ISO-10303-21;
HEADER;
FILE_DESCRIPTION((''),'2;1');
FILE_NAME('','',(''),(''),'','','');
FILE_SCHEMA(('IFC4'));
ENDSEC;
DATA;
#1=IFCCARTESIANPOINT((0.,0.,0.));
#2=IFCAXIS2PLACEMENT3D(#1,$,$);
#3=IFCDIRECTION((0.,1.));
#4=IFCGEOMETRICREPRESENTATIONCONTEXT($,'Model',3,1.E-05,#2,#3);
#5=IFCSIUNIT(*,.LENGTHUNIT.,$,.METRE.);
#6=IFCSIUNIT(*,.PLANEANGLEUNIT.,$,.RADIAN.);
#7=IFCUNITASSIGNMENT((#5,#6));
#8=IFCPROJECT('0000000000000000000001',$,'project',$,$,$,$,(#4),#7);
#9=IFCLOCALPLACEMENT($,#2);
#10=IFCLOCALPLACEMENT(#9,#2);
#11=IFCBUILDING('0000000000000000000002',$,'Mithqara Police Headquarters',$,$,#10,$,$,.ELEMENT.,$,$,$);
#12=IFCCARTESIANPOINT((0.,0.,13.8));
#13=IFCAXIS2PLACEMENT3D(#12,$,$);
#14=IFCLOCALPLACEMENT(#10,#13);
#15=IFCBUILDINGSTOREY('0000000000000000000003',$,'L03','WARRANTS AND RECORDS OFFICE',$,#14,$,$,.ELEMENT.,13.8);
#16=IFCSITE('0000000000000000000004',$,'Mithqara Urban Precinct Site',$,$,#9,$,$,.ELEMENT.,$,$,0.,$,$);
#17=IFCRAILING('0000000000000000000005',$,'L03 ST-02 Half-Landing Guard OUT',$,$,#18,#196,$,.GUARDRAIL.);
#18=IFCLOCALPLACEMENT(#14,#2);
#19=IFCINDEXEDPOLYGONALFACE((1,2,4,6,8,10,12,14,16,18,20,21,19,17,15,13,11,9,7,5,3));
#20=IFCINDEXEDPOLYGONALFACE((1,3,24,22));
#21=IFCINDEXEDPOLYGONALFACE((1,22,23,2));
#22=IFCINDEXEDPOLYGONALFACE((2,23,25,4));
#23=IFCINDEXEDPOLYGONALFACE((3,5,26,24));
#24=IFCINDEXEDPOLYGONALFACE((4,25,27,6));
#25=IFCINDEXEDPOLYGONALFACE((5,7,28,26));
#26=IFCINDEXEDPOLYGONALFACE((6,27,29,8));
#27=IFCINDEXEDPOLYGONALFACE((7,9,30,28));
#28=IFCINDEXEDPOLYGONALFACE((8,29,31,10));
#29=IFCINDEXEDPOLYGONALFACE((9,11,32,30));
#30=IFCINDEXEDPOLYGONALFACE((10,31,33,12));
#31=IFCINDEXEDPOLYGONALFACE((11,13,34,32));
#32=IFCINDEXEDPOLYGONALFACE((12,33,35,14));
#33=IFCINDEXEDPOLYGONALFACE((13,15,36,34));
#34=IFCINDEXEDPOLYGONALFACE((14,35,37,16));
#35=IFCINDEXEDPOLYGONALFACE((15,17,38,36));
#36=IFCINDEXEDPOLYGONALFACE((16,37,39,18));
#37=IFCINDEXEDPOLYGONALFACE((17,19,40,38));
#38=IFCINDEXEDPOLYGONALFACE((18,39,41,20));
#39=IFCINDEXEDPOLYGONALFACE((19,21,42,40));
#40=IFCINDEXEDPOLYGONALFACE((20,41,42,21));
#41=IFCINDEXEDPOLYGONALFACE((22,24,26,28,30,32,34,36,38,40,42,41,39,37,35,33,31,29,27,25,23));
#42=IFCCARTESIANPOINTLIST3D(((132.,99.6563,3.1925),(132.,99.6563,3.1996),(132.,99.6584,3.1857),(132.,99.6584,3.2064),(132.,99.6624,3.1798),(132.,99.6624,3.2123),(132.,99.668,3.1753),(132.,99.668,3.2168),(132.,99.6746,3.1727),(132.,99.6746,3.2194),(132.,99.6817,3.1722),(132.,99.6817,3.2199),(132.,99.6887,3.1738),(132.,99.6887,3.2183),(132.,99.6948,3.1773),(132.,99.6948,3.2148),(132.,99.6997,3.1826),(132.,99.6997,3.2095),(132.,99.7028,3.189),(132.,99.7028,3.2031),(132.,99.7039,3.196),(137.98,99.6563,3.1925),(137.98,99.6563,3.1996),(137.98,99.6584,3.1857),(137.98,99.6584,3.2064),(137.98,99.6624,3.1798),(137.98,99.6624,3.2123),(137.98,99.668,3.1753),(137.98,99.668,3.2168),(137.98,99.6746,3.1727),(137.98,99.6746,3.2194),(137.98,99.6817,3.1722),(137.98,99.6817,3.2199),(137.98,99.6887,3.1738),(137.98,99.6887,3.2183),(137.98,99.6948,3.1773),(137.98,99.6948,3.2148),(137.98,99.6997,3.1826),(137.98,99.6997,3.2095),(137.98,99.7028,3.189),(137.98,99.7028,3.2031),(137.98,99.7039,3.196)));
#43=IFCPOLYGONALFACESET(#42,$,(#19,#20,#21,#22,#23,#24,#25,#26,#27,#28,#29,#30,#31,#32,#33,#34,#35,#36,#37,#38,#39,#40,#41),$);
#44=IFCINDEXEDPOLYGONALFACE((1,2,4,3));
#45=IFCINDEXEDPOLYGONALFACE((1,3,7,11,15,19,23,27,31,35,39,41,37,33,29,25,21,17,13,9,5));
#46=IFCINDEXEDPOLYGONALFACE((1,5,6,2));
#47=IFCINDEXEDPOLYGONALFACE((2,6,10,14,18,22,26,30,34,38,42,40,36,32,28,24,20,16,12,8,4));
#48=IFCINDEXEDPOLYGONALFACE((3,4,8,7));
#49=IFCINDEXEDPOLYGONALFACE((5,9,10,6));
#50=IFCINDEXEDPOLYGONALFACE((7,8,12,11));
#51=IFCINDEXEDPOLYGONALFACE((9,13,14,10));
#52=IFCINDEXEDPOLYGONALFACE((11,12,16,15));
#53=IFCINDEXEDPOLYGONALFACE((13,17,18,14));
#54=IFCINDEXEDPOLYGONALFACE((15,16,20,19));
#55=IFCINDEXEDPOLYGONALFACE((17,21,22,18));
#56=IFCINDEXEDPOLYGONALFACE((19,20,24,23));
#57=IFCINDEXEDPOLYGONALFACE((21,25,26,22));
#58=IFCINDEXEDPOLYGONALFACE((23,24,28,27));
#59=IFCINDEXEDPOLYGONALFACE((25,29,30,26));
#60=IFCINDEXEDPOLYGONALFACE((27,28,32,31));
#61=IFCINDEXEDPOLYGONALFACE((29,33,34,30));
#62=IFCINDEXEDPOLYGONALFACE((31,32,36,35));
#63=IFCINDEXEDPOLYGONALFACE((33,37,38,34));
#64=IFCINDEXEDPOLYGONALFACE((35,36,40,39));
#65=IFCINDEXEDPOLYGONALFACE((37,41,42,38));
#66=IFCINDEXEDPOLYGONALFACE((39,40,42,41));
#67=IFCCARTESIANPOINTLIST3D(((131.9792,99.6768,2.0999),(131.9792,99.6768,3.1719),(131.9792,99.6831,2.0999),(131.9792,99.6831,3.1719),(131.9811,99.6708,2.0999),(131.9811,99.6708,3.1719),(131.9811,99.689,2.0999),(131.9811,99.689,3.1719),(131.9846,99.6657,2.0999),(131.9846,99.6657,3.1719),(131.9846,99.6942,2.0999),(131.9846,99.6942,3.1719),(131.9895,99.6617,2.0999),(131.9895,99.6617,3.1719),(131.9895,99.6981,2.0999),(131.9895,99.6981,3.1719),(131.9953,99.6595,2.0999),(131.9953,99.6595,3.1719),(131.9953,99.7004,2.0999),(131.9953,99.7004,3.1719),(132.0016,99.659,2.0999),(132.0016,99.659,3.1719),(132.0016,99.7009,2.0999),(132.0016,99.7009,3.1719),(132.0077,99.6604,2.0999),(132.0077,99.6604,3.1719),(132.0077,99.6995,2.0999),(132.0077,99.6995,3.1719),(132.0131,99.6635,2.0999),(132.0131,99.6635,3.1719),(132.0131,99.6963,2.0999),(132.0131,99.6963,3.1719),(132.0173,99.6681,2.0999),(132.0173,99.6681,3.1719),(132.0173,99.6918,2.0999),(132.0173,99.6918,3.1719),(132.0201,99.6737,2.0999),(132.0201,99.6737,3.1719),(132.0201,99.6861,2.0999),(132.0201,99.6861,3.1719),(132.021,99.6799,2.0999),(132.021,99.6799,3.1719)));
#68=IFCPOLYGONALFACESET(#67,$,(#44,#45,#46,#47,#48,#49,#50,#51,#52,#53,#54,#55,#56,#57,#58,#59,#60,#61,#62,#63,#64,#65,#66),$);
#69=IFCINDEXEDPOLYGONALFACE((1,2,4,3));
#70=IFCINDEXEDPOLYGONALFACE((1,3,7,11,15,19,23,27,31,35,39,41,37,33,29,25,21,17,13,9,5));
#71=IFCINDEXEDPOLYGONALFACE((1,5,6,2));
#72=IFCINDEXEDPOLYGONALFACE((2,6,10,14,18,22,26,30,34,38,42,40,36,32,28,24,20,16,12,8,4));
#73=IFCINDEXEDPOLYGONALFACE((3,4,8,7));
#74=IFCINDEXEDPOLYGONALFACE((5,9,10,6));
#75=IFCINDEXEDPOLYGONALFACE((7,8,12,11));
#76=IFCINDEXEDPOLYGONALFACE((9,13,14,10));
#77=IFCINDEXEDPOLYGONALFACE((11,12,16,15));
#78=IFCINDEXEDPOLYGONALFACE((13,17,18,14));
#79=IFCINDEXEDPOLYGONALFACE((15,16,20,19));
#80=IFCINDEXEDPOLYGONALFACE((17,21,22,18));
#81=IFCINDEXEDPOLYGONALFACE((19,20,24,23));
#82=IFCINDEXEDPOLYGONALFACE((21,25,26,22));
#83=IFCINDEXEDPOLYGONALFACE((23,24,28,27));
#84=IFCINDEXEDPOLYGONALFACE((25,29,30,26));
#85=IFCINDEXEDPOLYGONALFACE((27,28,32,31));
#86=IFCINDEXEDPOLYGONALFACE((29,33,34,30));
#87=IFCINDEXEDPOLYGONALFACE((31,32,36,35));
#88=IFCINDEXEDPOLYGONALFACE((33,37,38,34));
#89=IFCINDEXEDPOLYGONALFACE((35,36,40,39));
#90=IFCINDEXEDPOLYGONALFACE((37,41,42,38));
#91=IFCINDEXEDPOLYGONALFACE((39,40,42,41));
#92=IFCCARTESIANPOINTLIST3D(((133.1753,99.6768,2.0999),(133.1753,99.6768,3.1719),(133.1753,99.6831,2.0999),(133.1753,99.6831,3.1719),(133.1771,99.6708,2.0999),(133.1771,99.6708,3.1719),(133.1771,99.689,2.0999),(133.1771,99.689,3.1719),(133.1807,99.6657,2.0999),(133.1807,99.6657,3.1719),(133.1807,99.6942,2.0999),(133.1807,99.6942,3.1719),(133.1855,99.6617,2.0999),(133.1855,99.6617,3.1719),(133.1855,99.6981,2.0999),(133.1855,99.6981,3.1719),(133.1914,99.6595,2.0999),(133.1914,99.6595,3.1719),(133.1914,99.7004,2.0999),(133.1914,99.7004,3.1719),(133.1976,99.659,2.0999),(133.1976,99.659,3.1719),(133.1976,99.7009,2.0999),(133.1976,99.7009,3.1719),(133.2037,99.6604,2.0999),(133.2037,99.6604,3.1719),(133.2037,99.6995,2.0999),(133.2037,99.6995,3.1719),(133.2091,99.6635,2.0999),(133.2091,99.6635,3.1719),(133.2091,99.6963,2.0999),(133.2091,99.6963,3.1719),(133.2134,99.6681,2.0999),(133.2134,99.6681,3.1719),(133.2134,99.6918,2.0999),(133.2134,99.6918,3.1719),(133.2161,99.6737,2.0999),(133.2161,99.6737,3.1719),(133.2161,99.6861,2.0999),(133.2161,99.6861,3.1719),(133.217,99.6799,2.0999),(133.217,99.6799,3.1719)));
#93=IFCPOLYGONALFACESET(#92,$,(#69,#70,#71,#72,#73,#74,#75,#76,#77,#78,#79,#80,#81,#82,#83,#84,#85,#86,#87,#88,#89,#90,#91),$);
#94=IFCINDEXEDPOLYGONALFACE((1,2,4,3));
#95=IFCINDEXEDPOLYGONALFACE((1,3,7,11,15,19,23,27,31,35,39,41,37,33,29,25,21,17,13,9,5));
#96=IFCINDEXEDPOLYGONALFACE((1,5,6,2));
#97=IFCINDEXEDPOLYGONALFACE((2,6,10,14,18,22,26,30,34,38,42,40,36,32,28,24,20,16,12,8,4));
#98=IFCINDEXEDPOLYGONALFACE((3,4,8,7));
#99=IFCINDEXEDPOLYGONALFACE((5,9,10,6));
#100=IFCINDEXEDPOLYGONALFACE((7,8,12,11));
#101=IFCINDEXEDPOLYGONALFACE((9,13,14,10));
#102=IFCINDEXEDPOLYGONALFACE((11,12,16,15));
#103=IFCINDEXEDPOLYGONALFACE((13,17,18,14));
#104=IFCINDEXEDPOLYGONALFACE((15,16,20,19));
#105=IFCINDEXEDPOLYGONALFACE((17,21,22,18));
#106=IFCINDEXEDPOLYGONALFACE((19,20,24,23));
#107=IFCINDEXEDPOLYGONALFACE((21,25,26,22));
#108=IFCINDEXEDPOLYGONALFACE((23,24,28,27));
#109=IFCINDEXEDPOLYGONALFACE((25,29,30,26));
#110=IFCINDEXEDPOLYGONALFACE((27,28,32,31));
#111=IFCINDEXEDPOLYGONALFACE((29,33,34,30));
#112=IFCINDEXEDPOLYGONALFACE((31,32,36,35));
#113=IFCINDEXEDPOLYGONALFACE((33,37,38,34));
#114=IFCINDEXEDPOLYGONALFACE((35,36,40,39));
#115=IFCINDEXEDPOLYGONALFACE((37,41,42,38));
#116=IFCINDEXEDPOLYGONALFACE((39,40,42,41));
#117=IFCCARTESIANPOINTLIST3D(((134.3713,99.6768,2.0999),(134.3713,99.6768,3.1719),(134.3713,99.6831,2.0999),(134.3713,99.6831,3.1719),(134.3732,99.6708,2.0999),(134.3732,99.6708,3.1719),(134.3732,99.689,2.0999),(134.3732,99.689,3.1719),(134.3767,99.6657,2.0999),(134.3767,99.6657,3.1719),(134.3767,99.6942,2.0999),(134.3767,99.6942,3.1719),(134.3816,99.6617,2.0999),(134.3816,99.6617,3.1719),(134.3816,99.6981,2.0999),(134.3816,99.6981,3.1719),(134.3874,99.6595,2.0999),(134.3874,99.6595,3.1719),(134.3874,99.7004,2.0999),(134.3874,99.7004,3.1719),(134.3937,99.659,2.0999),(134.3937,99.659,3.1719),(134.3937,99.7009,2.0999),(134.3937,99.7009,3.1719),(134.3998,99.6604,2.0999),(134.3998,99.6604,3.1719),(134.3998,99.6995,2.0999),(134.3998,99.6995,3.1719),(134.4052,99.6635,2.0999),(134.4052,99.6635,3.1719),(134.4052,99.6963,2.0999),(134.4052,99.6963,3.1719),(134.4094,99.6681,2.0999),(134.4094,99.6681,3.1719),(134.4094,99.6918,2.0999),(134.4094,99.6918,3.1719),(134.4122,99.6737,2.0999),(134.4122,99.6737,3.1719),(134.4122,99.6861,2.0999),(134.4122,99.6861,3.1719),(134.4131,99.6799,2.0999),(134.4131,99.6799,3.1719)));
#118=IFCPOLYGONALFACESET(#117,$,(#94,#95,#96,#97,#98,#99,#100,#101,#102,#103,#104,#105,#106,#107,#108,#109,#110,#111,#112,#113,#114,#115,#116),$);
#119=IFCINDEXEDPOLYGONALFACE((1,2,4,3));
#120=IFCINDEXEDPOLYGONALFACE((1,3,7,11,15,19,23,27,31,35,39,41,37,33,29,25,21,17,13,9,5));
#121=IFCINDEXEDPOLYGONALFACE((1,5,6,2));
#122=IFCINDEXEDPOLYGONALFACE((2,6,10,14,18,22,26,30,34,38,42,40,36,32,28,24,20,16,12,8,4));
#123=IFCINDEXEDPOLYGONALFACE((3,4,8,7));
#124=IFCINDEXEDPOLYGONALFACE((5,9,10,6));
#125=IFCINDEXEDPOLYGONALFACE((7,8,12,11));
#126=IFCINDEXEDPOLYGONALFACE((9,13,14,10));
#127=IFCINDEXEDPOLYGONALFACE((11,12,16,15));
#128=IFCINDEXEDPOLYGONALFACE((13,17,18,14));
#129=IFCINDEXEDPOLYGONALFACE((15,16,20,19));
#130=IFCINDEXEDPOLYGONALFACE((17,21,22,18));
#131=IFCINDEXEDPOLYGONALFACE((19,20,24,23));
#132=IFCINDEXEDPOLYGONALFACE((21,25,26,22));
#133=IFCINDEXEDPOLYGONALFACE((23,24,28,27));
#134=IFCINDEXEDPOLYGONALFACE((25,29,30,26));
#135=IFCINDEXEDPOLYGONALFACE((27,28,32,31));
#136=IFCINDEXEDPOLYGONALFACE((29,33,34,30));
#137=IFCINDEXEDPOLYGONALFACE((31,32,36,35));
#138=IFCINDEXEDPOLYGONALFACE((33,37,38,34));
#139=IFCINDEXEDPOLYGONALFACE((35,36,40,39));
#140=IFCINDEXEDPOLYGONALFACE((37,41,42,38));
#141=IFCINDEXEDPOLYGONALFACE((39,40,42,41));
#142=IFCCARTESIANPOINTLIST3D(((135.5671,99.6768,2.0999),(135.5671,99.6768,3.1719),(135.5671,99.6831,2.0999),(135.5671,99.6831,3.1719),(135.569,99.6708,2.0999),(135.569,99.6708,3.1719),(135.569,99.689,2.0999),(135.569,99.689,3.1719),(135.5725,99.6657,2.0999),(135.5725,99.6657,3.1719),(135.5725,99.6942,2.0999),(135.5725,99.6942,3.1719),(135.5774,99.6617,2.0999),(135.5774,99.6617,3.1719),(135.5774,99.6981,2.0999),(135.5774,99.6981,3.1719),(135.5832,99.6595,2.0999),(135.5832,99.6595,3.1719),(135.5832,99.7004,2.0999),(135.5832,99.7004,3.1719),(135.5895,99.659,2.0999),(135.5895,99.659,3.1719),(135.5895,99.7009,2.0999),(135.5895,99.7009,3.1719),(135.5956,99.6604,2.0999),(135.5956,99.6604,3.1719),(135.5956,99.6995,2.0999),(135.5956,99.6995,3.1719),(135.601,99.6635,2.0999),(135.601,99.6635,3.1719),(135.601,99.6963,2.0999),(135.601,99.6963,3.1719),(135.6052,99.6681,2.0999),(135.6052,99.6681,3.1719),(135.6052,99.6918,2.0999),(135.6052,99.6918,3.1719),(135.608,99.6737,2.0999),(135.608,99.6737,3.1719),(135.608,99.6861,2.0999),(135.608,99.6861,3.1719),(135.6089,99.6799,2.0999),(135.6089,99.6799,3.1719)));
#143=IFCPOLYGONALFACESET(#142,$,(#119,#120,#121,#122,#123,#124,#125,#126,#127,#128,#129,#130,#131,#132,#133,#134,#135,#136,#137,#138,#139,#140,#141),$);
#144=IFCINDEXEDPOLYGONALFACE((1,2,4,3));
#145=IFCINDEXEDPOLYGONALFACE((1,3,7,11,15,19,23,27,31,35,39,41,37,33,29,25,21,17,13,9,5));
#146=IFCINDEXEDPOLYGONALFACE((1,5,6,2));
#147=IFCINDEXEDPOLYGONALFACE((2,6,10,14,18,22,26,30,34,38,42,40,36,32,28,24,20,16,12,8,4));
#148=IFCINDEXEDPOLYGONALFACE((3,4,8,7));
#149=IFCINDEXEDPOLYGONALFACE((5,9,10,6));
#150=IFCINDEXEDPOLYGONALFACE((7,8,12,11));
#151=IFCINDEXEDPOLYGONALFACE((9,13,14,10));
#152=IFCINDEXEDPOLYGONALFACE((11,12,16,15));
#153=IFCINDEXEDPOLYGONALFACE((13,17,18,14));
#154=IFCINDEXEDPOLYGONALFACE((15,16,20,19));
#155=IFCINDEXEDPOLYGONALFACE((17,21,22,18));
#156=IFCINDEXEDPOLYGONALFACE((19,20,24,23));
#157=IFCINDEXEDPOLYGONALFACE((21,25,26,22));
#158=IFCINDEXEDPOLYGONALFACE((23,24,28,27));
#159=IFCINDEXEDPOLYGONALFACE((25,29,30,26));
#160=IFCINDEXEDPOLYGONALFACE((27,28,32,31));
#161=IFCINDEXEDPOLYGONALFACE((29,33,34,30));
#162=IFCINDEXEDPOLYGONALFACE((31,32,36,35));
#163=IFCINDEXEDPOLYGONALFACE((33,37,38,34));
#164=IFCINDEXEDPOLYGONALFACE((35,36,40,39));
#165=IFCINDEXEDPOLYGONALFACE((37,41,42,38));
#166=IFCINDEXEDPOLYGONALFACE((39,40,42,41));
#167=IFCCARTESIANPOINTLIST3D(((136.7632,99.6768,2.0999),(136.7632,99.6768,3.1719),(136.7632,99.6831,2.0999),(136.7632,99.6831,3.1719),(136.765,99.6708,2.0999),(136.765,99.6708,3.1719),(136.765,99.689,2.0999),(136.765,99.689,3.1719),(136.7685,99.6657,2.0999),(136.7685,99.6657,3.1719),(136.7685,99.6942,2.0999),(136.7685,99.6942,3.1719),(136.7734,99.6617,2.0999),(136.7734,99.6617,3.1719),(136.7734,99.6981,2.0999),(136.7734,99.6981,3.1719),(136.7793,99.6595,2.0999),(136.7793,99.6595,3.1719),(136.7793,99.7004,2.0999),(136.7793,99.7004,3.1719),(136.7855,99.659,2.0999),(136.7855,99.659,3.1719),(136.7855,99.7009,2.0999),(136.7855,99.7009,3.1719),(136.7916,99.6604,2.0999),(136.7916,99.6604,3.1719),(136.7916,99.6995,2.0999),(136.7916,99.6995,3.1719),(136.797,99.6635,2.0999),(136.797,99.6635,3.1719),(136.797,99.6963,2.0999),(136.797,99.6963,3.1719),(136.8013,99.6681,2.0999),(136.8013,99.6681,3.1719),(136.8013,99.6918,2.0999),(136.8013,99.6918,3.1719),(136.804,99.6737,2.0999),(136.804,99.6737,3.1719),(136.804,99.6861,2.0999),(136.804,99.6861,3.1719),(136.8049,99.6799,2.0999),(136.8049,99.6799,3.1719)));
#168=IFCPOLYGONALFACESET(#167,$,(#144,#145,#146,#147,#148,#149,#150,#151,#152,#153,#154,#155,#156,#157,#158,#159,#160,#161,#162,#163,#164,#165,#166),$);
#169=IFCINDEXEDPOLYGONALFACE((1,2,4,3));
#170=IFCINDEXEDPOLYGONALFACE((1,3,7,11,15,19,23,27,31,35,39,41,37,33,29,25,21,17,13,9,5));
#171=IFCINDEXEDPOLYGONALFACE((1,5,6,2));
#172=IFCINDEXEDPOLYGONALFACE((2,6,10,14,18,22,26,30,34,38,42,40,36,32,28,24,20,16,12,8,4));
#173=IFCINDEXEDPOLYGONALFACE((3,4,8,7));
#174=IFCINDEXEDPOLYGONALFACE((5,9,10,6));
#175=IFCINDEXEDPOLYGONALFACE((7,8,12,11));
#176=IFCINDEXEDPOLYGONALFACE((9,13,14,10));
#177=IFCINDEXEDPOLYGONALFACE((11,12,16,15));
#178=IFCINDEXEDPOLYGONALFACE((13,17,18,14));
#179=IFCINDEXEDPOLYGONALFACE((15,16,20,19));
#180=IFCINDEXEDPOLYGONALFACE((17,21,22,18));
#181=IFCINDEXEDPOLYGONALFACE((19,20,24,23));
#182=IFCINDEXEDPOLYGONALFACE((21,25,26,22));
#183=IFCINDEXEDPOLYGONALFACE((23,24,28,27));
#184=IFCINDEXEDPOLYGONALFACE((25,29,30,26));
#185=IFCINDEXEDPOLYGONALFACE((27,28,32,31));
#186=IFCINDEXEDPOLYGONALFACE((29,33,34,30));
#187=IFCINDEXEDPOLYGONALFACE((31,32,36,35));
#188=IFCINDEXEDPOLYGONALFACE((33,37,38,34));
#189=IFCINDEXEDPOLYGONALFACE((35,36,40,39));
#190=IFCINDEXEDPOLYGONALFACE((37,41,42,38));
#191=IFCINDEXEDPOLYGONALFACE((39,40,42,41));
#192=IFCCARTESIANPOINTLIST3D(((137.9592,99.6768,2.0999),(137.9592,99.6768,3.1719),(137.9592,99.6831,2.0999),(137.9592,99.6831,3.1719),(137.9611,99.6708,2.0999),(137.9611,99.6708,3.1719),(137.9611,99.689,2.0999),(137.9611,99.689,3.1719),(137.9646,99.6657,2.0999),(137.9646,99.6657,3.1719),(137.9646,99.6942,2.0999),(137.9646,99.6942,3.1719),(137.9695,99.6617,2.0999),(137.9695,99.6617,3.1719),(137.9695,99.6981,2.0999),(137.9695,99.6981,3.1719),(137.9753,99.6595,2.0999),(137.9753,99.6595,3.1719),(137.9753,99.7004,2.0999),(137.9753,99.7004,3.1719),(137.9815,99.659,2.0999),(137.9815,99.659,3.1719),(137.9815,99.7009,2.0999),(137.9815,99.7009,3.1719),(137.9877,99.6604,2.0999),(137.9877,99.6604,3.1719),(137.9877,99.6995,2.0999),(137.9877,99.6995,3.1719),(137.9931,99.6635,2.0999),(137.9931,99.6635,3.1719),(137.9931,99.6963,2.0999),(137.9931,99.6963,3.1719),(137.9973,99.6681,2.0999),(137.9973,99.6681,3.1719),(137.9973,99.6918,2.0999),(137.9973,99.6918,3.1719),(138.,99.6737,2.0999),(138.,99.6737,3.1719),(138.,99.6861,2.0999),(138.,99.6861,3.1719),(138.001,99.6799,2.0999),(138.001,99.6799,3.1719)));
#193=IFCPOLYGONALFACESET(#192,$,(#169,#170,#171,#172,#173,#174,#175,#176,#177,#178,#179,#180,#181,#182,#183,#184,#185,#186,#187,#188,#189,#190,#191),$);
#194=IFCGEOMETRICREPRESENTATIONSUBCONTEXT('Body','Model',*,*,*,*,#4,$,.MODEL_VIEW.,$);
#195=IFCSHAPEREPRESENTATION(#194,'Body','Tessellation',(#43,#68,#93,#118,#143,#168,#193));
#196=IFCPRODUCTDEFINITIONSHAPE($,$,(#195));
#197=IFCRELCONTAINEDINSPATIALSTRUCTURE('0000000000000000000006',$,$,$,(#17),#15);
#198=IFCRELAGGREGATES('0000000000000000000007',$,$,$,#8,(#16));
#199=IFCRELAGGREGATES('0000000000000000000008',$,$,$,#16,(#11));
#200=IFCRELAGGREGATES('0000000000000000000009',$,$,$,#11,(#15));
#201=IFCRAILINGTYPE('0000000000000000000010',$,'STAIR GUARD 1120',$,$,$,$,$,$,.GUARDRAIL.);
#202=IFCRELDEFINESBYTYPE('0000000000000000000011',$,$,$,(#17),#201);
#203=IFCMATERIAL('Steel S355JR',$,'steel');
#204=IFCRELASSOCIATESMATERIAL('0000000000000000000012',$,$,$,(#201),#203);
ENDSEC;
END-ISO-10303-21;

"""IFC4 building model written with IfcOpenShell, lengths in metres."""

from ifc_helpers import new_model, si_unit, direction, frame, origin, origin_2d, place, context, subcontext, project, spatial, circle, extrude, material, type_object, element, save


model = new_model("IFC4")

# Units and contexts
model_context = context("Model", 3, precision=1e-05, world=origin(), true_north=direction((0.0, 1.0)))
body_context = subcontext(model_context, "Body", "Model", "MODEL_VIEW")
ifc_project = project(units=[si_unit("LENGTHUNIT", "METRE"), si_unit("PLANEANGLEUNIT", "RADIAN")], contexts=[model_context])

# Site, building, storey
site_placement = place(None, origin())
site = spatial("IfcSite", under=ifc_project, at=site_placement, Name="Mithqara Urban Precinct Site", CompositionType="ELEMENT", RefElevation=0.0)
building_placement = place(site_placement, origin())
building = spatial("IfcBuilding", under=site, at=building_placement, Name="Mithqara Police Headquarters", CompositionType="ELEMENT")
storey_placement = place(building_placement, frame((0.0, 0.0, 13.8)))
storey = spatial("IfcBuildingStorey", under=building, at=storey_placement, Name="L03", Description="WARRANTS AND RECORDS OFFICE", CompositionType="ELEMENT", Elevation=13.8)

# Shared definitions
ifc_material_1 = material(Name="Steel S355JR", Category="steel")

# Railing
railing_type = type_object("IfcRailingType", Name="STAIR GUARD 1120", PredefinedType="GUARDRAIL", material=ifc_material_1)
for number, where, name in (
    (1, (132.0, 99.6799, 2.0999), "L03 ST-02 Half-Landing Guard OUT"),
):
    element("IfcRailing", number, at=place(storey_placement, frame(where)), inside=storey, type_object=railing_type, Name=name, PredefinedType="GUARDRAIL", context=body_context, shape_type="SweptSolid", body=[
        extrude(circle(Radius=0.0239, at=origin_2d()), frame((0.0, 0.0, 1.0962), z_axis=(1.0, 0.0, 0.0), x_axis=(0.0, 1.0, 0.0)), (0.0, 0.0, 1.0), 5.98),
        extrude(circle(Radius=0.021, at=origin_2d()), origin(), (0.0, 0.0, 1.0), 1.072),
        extrude(circle(Radius=0.021, at=origin_2d()), frame((1.196, 0.0, 0.0)), (0.0, 0.0, 1.0), 1.072),
        extrude(circle(Radius=0.021, at=origin_2d()), frame((2.3921, 0.0, 0.0)), (0.0, 0.0, 1.0), 1.072),
        extrude(circle(Radius=0.021, at=origin_2d()), frame((3.5879, 0.0, 0.0)), (0.0, 0.0, 1.0), 1.072),
        extrude(circle(Radius=0.021, at=origin_2d()), frame((4.7839, 0.0, 0.0)), (0.0, 0.0, 1.0), 1.072),
        extrude(circle(Radius=0.021, at=origin_2d()), frame((5.98, 0.0, 0.0)), (0.0, 0.0, 1.0), 1.072),
    ])

save(model, "model.ifc")
